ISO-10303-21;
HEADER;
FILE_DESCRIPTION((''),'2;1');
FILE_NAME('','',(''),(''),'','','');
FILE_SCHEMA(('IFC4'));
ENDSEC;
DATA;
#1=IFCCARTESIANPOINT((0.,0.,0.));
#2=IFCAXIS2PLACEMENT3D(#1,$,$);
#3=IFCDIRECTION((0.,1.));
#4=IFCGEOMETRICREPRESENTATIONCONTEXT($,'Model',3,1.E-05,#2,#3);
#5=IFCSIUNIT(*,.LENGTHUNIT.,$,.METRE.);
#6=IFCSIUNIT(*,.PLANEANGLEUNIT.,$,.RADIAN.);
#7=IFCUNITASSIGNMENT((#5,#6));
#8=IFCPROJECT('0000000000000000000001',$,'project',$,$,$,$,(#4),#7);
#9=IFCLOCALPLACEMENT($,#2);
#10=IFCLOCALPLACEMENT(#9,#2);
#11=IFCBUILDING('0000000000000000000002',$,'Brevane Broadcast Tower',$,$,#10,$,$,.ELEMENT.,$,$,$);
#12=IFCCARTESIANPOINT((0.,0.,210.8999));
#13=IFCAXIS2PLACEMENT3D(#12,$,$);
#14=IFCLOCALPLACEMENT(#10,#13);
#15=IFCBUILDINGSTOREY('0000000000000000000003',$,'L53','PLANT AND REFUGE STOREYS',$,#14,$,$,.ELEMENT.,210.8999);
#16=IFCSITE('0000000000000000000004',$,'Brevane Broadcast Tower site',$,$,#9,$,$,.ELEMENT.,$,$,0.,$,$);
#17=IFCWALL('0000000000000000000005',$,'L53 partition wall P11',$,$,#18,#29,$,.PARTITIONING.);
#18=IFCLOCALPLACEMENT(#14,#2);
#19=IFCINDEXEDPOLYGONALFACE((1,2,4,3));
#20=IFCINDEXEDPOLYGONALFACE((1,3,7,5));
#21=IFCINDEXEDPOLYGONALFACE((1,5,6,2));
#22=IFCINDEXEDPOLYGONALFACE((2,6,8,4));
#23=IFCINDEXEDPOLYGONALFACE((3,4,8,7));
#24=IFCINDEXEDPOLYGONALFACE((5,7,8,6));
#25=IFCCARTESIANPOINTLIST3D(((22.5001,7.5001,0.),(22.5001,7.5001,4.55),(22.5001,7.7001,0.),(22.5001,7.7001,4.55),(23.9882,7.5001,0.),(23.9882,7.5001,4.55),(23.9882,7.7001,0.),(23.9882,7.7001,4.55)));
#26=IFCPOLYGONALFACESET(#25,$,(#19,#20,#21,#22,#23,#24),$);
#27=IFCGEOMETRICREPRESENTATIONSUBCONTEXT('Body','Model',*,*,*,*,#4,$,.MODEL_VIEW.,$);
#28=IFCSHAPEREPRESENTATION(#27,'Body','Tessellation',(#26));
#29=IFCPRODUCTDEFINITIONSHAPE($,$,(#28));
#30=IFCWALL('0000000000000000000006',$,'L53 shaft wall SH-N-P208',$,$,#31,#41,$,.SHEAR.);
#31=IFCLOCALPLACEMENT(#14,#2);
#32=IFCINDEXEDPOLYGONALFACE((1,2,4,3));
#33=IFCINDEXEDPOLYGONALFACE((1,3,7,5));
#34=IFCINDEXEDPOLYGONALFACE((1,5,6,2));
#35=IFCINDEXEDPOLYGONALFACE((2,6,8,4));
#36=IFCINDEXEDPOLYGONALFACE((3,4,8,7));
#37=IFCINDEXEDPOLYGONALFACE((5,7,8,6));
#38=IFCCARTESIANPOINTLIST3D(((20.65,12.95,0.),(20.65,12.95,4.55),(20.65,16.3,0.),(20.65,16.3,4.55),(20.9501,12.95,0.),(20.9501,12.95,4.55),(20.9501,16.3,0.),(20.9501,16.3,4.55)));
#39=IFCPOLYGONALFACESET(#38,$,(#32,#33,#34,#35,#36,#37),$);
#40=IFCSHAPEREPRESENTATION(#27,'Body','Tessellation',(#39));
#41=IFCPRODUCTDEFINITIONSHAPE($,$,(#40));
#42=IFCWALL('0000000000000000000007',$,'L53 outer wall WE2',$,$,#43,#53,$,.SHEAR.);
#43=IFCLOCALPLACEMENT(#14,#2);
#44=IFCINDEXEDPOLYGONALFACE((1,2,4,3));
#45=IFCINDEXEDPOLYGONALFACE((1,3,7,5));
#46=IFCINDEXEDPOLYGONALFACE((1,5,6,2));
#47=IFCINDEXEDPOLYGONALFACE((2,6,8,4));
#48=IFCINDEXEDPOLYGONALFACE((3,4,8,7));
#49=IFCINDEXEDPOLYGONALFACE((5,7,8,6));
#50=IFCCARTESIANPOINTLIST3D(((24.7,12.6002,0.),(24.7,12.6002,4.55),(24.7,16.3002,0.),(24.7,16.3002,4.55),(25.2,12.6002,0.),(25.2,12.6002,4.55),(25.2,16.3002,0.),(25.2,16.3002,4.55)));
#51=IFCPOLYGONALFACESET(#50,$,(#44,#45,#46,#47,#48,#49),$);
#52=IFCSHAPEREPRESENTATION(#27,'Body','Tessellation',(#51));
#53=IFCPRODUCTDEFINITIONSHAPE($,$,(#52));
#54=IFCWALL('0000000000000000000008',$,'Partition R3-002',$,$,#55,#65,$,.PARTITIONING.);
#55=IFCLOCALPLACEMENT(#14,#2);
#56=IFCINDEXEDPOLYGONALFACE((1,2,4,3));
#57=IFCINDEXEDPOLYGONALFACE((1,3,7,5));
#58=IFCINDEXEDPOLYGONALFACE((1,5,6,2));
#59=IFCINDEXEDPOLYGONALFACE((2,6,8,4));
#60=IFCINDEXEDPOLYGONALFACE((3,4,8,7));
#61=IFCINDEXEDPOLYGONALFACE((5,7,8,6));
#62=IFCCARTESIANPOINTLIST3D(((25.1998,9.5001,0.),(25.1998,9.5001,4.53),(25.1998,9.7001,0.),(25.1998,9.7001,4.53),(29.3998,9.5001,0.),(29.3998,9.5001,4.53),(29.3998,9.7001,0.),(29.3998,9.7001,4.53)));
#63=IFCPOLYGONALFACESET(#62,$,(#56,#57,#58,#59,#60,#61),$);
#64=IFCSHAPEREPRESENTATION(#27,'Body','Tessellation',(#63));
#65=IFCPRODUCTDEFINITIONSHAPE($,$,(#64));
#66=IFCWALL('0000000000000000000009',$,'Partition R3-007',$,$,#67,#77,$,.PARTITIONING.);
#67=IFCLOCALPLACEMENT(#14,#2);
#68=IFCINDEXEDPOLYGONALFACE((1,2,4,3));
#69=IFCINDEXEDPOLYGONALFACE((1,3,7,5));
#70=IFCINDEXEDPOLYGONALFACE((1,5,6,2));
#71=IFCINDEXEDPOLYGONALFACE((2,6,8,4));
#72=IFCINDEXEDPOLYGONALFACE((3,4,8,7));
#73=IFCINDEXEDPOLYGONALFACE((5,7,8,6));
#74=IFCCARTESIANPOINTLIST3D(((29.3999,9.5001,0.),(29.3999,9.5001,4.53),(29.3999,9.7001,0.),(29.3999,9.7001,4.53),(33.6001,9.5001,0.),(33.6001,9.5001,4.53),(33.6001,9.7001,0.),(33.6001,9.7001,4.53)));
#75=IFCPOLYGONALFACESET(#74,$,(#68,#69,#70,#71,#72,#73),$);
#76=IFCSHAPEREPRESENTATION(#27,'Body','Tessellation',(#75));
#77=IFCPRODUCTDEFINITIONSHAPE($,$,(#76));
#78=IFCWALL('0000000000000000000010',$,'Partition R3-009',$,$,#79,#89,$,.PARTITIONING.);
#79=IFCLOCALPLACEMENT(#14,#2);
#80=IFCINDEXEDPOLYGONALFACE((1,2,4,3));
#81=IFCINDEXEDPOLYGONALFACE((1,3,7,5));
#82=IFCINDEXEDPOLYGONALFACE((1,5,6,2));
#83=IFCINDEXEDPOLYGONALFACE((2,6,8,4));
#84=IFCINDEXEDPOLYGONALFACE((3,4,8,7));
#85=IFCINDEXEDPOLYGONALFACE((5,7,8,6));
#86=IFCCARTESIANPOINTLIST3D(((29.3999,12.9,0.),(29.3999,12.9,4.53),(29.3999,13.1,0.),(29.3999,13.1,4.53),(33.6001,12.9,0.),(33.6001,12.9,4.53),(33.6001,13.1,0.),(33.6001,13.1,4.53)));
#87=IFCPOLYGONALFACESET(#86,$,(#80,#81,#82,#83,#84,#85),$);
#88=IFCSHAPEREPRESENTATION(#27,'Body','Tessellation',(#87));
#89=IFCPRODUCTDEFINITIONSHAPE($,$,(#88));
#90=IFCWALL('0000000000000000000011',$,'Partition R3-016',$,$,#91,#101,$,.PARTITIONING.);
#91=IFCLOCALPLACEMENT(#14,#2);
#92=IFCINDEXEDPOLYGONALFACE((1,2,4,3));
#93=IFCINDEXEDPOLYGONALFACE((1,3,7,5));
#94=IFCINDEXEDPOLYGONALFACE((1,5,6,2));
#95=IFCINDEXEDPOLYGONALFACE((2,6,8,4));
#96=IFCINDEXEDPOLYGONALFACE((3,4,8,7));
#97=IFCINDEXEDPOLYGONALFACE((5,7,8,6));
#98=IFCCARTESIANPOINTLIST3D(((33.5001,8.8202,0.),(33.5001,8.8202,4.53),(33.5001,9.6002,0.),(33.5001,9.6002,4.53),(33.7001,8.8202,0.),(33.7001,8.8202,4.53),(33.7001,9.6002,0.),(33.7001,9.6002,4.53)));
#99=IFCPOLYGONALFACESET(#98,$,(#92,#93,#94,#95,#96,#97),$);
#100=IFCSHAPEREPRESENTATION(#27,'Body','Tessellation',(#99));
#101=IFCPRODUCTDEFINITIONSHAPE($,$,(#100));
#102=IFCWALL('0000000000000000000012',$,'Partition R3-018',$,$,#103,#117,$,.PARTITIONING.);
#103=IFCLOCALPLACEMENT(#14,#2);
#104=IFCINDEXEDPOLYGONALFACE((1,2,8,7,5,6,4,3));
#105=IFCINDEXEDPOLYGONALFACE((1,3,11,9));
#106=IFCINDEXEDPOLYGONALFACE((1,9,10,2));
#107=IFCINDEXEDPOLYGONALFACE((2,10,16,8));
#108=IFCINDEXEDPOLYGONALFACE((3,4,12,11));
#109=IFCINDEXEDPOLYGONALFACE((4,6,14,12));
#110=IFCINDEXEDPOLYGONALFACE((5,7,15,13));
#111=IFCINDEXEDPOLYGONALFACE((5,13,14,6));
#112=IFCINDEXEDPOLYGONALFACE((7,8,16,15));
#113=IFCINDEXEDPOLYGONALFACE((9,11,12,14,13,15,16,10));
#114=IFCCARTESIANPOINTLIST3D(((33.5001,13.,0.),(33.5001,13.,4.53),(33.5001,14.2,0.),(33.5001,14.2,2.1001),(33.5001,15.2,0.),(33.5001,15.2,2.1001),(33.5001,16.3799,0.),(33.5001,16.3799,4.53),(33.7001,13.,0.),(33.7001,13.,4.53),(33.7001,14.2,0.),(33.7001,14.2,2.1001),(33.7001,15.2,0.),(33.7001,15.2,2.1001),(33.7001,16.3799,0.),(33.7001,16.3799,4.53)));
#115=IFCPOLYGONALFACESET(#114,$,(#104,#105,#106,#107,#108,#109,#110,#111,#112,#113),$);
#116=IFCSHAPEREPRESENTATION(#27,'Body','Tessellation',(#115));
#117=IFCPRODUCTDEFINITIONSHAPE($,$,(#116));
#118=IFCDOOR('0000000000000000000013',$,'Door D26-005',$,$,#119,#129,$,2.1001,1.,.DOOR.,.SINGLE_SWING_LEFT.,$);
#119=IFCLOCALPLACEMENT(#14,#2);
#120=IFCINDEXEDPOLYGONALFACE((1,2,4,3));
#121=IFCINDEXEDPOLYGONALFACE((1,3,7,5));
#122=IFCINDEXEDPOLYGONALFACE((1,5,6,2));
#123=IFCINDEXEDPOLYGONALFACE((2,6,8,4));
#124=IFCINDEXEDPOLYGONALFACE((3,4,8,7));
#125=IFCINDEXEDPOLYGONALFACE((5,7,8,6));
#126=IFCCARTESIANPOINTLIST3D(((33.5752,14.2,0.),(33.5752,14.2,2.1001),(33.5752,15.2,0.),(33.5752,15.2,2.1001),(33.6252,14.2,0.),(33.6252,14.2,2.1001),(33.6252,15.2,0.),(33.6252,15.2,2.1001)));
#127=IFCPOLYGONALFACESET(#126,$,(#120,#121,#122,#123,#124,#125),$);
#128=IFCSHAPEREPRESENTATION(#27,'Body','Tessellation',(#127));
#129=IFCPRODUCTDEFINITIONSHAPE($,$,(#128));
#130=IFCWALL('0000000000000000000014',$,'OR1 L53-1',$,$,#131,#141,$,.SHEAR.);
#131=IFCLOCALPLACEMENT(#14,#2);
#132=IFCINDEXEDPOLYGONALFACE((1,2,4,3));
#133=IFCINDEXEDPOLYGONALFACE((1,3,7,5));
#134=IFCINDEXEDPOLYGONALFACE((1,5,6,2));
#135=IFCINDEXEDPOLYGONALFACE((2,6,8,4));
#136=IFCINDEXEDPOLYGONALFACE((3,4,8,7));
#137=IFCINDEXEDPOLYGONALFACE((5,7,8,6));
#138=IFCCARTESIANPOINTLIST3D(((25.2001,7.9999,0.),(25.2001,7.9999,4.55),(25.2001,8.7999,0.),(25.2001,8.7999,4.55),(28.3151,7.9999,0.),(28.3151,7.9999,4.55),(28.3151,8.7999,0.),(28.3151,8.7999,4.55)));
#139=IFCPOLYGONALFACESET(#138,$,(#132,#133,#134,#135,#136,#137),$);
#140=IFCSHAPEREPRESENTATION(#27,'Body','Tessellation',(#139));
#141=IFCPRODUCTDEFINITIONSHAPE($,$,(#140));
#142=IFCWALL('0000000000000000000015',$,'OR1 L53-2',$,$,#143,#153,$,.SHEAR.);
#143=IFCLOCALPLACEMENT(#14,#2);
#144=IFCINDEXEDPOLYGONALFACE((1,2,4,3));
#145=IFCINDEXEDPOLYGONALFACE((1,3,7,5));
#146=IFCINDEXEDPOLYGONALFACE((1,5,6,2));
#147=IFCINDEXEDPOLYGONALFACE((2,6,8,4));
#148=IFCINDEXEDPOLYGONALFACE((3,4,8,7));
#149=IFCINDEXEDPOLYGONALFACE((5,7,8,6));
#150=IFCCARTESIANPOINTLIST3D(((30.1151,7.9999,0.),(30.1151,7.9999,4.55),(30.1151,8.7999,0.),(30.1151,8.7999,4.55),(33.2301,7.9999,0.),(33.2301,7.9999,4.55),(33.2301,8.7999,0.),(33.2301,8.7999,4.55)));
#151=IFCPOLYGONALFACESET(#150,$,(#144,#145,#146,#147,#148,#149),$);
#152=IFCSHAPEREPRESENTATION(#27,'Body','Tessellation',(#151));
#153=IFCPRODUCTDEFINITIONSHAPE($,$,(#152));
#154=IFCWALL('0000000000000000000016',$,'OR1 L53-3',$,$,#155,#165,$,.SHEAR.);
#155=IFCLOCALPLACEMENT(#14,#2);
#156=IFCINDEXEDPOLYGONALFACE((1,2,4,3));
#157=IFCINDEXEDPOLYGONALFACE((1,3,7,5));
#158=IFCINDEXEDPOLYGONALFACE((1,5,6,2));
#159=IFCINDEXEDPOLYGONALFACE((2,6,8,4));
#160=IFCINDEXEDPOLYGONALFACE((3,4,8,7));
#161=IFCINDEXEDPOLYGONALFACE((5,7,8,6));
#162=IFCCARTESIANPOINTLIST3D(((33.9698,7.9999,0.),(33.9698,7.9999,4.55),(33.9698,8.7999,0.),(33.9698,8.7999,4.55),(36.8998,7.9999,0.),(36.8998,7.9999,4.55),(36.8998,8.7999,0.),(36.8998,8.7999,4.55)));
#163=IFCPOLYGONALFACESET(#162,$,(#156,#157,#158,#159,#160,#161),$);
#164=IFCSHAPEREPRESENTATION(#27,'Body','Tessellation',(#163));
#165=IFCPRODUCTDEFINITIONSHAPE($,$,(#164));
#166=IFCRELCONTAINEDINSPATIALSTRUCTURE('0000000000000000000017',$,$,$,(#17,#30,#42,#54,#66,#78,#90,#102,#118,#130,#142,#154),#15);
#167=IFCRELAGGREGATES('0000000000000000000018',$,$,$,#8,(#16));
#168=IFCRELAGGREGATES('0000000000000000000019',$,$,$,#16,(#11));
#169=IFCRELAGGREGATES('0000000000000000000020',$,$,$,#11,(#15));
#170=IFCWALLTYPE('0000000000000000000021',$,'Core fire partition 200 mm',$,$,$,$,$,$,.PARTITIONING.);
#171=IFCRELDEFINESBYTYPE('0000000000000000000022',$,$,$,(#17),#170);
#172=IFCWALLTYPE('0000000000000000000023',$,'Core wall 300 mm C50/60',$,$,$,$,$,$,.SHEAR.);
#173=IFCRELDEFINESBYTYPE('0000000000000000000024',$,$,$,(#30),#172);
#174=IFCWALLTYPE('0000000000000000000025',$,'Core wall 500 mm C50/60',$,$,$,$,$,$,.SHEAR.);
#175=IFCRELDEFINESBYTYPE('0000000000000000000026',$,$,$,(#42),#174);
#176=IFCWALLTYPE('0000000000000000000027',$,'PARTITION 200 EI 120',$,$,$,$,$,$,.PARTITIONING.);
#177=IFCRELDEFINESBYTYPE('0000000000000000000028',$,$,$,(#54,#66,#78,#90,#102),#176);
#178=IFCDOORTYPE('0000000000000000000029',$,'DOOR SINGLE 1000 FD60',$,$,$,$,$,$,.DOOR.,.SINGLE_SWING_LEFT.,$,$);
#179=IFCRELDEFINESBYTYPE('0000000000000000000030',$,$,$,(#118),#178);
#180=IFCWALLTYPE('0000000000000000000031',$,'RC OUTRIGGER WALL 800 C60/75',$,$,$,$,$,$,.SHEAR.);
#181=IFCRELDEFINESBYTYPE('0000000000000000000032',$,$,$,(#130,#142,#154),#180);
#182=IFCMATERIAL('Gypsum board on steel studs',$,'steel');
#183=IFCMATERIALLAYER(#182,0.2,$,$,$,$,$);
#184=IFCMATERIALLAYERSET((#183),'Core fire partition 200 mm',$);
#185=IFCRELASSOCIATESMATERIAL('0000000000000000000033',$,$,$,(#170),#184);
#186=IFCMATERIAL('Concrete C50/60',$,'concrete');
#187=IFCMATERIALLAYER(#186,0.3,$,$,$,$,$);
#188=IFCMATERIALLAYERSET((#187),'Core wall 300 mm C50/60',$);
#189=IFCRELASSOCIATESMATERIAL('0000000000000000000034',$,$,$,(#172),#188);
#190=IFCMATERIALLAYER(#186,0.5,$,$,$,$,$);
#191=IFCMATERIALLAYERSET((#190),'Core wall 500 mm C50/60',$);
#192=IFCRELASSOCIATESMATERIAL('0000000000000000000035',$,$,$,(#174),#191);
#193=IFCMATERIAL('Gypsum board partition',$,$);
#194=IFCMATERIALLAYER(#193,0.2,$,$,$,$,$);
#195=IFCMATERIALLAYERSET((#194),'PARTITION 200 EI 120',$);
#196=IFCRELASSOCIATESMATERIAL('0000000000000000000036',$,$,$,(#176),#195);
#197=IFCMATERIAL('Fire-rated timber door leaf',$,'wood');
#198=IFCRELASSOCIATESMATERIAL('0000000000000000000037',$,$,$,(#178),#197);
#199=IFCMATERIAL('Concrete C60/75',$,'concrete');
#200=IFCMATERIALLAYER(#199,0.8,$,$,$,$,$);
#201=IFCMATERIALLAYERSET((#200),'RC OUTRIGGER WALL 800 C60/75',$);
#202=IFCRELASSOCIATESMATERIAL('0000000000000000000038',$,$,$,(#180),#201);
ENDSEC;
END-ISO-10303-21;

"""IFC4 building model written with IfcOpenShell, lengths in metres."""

from ifc_helpers import new_model, si_unit, direction, frame, frame_2d, origin, place, context, subcontext, project, spatial, rectangle, extrude, material, layer, layer_set, type_object, element, fill, save


model = new_model("IFC4")

# Units and contexts
model_context = context("Model", 3, precision=1e-05, world=origin(), true_north=direction((0.0, 1.0)))
body_context = subcontext(model_context, "Body", "Model", "MODEL_VIEW")
ifc_project = project(units=[si_unit("LENGTHUNIT", "METRE"), si_unit("PLANEANGLEUNIT", "RADIAN")], contexts=[model_context])

# Site, building, storey
site_placement = place(None, origin())
site = spatial("IfcSite", under=ifc_project, at=site_placement, Name="Brevane Broadcast Tower site", CompositionType="ELEMENT", RefElevation=0.0)
building_placement = place(site_placement, origin())
building = spatial("IfcBuilding", under=site, at=building_placement, Name="Brevane Broadcast Tower", CompositionType="ELEMENT")
storey_placement = place(building_placement, frame((0.0, 0.0, 210.8999)))
storey = spatial("IfcBuildingStorey", under=building, at=storey_placement, Name="L53", Description="PLANT AND REFUGE STOREYS", CompositionType="ELEMENT", Elevation=210.8999)

# Shared definitions
ifc_material_1 = material(Name="Concrete C50/60", Category="concrete")

# Shared definitions
ifc_material_2 = material(Name="Gypsum board on steel studs", Category="steel")

# Shared definitions
ifc_layer_1 = layer(ifc_material_2, 0.2)
ifc_layer_set_1 = layer_set([ifc_layer_1], Name="Core fire partition 200 mm")
wall_type_1 = type_object("IfcWallType", Name="Core fire partition 200 mm", PredefinedType="PARTITIONING", material=ifc_layer_set_1)

# Walls
wall_1_placement = place(storey_placement, frame((22.5, 7.6001, 0.0), z_axis=(0.0, 0.0, 1.0), x_axis=(1.0, 0.0, 0.0)))
element("IfcWall", 1, at=wall_1_placement, inside=storey, type_object=wall_type_1, Name="L53 partition wall P11", PredefinedType="PARTITIONING", context=body_context, shape_type="SweptSolid", body=[
    extrude(rectangle(XDim=1.488, YDim=0.2, at=frame_2d((0.7441, 0.0))), origin(), (0.0, 0.0, 1.0), 4.55),
])
ifc_layer_2 = layer(ifc_material_1, 0.3)
ifc_layer_set_2 = layer_set([ifc_layer_2], Name="Core wall 300 mm C50/60")
wall_type_2 = type_object("IfcWallType", Name="Core wall 300 mm C50/60", PredefinedType="SHEAR", material=ifc_layer_set_2)
wall_2_placement = place(storey_placement, frame((20.8, 12.95, 0.0), z_axis=(0.0, 0.0, 1.0), x_axis=(0.0, 1.0, 0.0)))
element("IfcWall", 2, at=wall_2_placement, inside=storey, type_object=wall_type_2, Name="L53 shaft wall SH-N-P208", PredefinedType="SHEAR", context=body_context, shape_type="SweptSolid", body=[
    extrude(rectangle(XDim=3.3501, YDim=0.3, at=frame_2d((1.675, 0.0))), origin(), (0.0, 0.0, 1.0), 4.55),
])
ifc_layer_3 = layer(ifc_material_1, 0.5)
ifc_layer_set_3 = layer_set([ifc_layer_3], Name="Core wall 500 mm C50/60")
wall_type_3 = type_object("IfcWallType", Name="Core wall 500 mm C50/60", PredefinedType="SHEAR", material=ifc_layer_set_3)
wall_3_placement = place(storey_placement, frame((24.95, 12.6001, 0.0), z_axis=(0.0, 0.0, 1.0), x_axis=(0.0, 1.0, 0.0)))
element("IfcWall", 3, at=wall_3_placement, inside=storey, type_object=wall_type_3, Name="L53 outer wall WE2", PredefinedType="SHEAR", context=body_context, shape_type="SweptSolid", body=[
    extrude(rectangle(XDim=3.7, YDim=0.5, at=frame_2d((1.8501, 0.0))), origin(), (0.0, 0.0, 1.0), 4.55),
])
ifc_material_3 = material(Name="Gypsum board partition")
ifc_layer_4 = layer(ifc_material_3, 0.2)
ifc_layer_set_4 = layer_set([ifc_layer_4], Name="PARTITION 200 EI 120")
wall_type_4 = type_object("IfcWallType", Name="PARTITION 200 EI 120", PredefinedType="PARTITIONING", material=ifc_layer_set_4)
wall_4_placement = place(storey_placement, frame((29.3999, 9.6001, 0.0), z_axis=(0.0, 0.0, 1.0), x_axis=(-1.0, 0.0, 0.0)))
element("IfcWall", 4, at=wall_4_placement, inside=storey, type_object=wall_type_4, Name="Partition R3-002", PredefinedType="PARTITIONING", context=body_context, shape_type="SweptSolid", body=[
    extrude(rectangle(XDim=4.2, YDim=0.2, at=frame_2d((2.1001, 0.0))), origin(), (0.0, 0.0, 1.0), 4.53),
])
for number, where, z_axis, x_axis, name in (
    (5, (33.6001, 9.6001, 0.0), (0.0, 0.0, 1.0), (-1.0, 0.0, 0.0), "Partition R3-007"),
    (6, (29.3999, 13.0, 0.0), (0.0, 0.0, 1.0), (1.0, 0.0, 0.0), "Partition R3-009"),
):
    element("IfcWall", number, at=place(storey_placement, frame(where, z_axis=z_axis, x_axis=x_axis)), inside=storey, type_object=wall_type_4, Name=name, PredefinedType="PARTITIONING", context=body_context, shape_type="SweptSolid", body=[
        extrude(rectangle(XDim=4.2002, YDim=0.2, at=frame_2d((2.1001, 0.0))), origin(), (0.0, 0.0, 1.0), 4.53),
    ])
wall_5_placement = place(storey_placement, frame((33.6001, 8.8201, 0.0), z_axis=(0.0, 0.0, 1.0), x_axis=(0.0, 1.0, 0.0)))
element("IfcWall", 7, at=wall_5_placement, inside=storey, type_object=wall_type_4, Name="Partition R3-016", PredefinedType="PARTITIONING", context=body_context, shape_type="SweptSolid", body=[
    extrude(rectangle(XDim=0.78, YDim=0.2, at=frame_2d((0.3901, 0.0))), origin(), (0.0, 0.0, 1.0), 4.53),
])

# Wall, opening, door
wall_6_placement = place(storey_placement, frame((33.6001, 13.0, 0.0), z_axis=(0.0, 0.0, 1.0), x_axis=(0.0, 1.0, 0.0)))
wall_6 = element("IfcWall", 8, at=wall_6_placement, inside=storey, type_object=wall_type_4, Name="Partition R3-018", PredefinedType="PARTITIONING", context=body_context, shape_type="SweptSolid", body=[
    extrude(rectangle(XDim=3.3799, YDim=0.2, at=frame_2d((1.6899, 0.0))), origin(), (0.0, 0.0, 1.0), 4.53),
])
opening_1_placement = place(wall_6_placement, frame((1.2, 0.0, 0.0)))
opening_1 = element("IfcOpeningElement", 9, at=opening_1_placement, cuts=wall_6, PredefinedType="OPENING", context=body_context, shape_type="SweptSolid", body=[
    extrude(rectangle(XDim=1.0, YDim=2.1001, at=frame_2d((0.5, 1.05))), frame((0.0, 0.1099, 0.0), z_axis=(0.0, -1.0, 0.0), x_axis=(1.0, 0.0, 0.0)), (0.0, 0.0, 1.0), 0.22),
])
ifc_material_4 = material(Name="Fire-rated timber door leaf", Category="wood")
door_type_1 = type_object("IfcDoorType", Name="DOOR SINGLE 1000 FD60", OperationType="SINGLE_SWING_LEFT", PredefinedType="DOOR", material=ifc_material_4)
door_1_placement = place(opening_1_placement, origin())
door_1 = element("IfcDoor", 10, at=door_1_placement, inside=storey, type_object=door_type_1, Name="Door D26-005", OperationType="SINGLE_SWING_LEFT", OverallHeight=2.1001, OverallWidth=1.0, PredefinedType="DOOR", context=body_context, shape_type="SweptSolid", body=[
    extrude(rectangle(XDim=1.0, YDim=2.1001, at=frame_2d((0.5, 1.05))), frame((0.0, 0.0249, 0.0), z_axis=(0.0, -1.0, 0.0), x_axis=(1.0, 0.0, 0.0)), (0.0, 0.0, 1.0), 0.05),
])
fill(opening_1, door_1)

# Walls
ifc_material_5 = material(Name="Concrete C60/75", Category="concrete")
ifc_layer_5 = layer(ifc_material_5, 0.8)
ifc_layer_set_5 = layer_set([ifc_layer_5], Name="RC OUTRIGGER WALL 800 C60/75")
wall_type_5 = type_object("IfcWallType", Name="RC OUTRIGGER WALL 800 C60/75", PredefinedType="SHEAR", material=ifc_layer_set_5)
for number, where, z_axis, x_axis, name in (
    (11, (25.2, 8.3999, 0.0), (0.0, 0.0, 1.0), (1.0, 0.0, 0.0), "OR1 L53-1"),
    (12, (30.115, 8.3999, 0.0), (0.0, 0.0, 1.0), (1.0, 0.0, 0.0), "OR1 L53-2"),
):
    element("IfcWall", number, at=place(storey_placement, frame(where, z_axis=z_axis, x_axis=x_axis)), inside=storey, type_object=wall_type_5, Name=name, PredefinedType="SHEAR", context=body_context, shape_type="SweptSolid", body=[
        extrude(rectangle(XDim=3.115, YDim=0.8, at=frame_2d((1.5576, 0.0))), origin(), (0.0, 0.0, 1.0), 4.55),
    ])
wall_7_placement = place(storey_placement, frame((33.97, 8.3999, 0.0), z_axis=(0.0, 0.0, 1.0), x_axis=(1.0, 0.0, 0.0)))
element("IfcWall", 13, at=wall_7_placement, inside=storey, type_object=wall_type_5, Name="OR1 L53-3", PredefinedType="SHEAR", context=body_context, shape_type="SweptSolid", body=[
    extrude(rectangle(XDim=2.9299, YDim=0.8, at=frame_2d((1.4648, 0.0))), origin(), (0.0, 0.0, 1.0), 4.55),
])

save(model, "model.ifc")
